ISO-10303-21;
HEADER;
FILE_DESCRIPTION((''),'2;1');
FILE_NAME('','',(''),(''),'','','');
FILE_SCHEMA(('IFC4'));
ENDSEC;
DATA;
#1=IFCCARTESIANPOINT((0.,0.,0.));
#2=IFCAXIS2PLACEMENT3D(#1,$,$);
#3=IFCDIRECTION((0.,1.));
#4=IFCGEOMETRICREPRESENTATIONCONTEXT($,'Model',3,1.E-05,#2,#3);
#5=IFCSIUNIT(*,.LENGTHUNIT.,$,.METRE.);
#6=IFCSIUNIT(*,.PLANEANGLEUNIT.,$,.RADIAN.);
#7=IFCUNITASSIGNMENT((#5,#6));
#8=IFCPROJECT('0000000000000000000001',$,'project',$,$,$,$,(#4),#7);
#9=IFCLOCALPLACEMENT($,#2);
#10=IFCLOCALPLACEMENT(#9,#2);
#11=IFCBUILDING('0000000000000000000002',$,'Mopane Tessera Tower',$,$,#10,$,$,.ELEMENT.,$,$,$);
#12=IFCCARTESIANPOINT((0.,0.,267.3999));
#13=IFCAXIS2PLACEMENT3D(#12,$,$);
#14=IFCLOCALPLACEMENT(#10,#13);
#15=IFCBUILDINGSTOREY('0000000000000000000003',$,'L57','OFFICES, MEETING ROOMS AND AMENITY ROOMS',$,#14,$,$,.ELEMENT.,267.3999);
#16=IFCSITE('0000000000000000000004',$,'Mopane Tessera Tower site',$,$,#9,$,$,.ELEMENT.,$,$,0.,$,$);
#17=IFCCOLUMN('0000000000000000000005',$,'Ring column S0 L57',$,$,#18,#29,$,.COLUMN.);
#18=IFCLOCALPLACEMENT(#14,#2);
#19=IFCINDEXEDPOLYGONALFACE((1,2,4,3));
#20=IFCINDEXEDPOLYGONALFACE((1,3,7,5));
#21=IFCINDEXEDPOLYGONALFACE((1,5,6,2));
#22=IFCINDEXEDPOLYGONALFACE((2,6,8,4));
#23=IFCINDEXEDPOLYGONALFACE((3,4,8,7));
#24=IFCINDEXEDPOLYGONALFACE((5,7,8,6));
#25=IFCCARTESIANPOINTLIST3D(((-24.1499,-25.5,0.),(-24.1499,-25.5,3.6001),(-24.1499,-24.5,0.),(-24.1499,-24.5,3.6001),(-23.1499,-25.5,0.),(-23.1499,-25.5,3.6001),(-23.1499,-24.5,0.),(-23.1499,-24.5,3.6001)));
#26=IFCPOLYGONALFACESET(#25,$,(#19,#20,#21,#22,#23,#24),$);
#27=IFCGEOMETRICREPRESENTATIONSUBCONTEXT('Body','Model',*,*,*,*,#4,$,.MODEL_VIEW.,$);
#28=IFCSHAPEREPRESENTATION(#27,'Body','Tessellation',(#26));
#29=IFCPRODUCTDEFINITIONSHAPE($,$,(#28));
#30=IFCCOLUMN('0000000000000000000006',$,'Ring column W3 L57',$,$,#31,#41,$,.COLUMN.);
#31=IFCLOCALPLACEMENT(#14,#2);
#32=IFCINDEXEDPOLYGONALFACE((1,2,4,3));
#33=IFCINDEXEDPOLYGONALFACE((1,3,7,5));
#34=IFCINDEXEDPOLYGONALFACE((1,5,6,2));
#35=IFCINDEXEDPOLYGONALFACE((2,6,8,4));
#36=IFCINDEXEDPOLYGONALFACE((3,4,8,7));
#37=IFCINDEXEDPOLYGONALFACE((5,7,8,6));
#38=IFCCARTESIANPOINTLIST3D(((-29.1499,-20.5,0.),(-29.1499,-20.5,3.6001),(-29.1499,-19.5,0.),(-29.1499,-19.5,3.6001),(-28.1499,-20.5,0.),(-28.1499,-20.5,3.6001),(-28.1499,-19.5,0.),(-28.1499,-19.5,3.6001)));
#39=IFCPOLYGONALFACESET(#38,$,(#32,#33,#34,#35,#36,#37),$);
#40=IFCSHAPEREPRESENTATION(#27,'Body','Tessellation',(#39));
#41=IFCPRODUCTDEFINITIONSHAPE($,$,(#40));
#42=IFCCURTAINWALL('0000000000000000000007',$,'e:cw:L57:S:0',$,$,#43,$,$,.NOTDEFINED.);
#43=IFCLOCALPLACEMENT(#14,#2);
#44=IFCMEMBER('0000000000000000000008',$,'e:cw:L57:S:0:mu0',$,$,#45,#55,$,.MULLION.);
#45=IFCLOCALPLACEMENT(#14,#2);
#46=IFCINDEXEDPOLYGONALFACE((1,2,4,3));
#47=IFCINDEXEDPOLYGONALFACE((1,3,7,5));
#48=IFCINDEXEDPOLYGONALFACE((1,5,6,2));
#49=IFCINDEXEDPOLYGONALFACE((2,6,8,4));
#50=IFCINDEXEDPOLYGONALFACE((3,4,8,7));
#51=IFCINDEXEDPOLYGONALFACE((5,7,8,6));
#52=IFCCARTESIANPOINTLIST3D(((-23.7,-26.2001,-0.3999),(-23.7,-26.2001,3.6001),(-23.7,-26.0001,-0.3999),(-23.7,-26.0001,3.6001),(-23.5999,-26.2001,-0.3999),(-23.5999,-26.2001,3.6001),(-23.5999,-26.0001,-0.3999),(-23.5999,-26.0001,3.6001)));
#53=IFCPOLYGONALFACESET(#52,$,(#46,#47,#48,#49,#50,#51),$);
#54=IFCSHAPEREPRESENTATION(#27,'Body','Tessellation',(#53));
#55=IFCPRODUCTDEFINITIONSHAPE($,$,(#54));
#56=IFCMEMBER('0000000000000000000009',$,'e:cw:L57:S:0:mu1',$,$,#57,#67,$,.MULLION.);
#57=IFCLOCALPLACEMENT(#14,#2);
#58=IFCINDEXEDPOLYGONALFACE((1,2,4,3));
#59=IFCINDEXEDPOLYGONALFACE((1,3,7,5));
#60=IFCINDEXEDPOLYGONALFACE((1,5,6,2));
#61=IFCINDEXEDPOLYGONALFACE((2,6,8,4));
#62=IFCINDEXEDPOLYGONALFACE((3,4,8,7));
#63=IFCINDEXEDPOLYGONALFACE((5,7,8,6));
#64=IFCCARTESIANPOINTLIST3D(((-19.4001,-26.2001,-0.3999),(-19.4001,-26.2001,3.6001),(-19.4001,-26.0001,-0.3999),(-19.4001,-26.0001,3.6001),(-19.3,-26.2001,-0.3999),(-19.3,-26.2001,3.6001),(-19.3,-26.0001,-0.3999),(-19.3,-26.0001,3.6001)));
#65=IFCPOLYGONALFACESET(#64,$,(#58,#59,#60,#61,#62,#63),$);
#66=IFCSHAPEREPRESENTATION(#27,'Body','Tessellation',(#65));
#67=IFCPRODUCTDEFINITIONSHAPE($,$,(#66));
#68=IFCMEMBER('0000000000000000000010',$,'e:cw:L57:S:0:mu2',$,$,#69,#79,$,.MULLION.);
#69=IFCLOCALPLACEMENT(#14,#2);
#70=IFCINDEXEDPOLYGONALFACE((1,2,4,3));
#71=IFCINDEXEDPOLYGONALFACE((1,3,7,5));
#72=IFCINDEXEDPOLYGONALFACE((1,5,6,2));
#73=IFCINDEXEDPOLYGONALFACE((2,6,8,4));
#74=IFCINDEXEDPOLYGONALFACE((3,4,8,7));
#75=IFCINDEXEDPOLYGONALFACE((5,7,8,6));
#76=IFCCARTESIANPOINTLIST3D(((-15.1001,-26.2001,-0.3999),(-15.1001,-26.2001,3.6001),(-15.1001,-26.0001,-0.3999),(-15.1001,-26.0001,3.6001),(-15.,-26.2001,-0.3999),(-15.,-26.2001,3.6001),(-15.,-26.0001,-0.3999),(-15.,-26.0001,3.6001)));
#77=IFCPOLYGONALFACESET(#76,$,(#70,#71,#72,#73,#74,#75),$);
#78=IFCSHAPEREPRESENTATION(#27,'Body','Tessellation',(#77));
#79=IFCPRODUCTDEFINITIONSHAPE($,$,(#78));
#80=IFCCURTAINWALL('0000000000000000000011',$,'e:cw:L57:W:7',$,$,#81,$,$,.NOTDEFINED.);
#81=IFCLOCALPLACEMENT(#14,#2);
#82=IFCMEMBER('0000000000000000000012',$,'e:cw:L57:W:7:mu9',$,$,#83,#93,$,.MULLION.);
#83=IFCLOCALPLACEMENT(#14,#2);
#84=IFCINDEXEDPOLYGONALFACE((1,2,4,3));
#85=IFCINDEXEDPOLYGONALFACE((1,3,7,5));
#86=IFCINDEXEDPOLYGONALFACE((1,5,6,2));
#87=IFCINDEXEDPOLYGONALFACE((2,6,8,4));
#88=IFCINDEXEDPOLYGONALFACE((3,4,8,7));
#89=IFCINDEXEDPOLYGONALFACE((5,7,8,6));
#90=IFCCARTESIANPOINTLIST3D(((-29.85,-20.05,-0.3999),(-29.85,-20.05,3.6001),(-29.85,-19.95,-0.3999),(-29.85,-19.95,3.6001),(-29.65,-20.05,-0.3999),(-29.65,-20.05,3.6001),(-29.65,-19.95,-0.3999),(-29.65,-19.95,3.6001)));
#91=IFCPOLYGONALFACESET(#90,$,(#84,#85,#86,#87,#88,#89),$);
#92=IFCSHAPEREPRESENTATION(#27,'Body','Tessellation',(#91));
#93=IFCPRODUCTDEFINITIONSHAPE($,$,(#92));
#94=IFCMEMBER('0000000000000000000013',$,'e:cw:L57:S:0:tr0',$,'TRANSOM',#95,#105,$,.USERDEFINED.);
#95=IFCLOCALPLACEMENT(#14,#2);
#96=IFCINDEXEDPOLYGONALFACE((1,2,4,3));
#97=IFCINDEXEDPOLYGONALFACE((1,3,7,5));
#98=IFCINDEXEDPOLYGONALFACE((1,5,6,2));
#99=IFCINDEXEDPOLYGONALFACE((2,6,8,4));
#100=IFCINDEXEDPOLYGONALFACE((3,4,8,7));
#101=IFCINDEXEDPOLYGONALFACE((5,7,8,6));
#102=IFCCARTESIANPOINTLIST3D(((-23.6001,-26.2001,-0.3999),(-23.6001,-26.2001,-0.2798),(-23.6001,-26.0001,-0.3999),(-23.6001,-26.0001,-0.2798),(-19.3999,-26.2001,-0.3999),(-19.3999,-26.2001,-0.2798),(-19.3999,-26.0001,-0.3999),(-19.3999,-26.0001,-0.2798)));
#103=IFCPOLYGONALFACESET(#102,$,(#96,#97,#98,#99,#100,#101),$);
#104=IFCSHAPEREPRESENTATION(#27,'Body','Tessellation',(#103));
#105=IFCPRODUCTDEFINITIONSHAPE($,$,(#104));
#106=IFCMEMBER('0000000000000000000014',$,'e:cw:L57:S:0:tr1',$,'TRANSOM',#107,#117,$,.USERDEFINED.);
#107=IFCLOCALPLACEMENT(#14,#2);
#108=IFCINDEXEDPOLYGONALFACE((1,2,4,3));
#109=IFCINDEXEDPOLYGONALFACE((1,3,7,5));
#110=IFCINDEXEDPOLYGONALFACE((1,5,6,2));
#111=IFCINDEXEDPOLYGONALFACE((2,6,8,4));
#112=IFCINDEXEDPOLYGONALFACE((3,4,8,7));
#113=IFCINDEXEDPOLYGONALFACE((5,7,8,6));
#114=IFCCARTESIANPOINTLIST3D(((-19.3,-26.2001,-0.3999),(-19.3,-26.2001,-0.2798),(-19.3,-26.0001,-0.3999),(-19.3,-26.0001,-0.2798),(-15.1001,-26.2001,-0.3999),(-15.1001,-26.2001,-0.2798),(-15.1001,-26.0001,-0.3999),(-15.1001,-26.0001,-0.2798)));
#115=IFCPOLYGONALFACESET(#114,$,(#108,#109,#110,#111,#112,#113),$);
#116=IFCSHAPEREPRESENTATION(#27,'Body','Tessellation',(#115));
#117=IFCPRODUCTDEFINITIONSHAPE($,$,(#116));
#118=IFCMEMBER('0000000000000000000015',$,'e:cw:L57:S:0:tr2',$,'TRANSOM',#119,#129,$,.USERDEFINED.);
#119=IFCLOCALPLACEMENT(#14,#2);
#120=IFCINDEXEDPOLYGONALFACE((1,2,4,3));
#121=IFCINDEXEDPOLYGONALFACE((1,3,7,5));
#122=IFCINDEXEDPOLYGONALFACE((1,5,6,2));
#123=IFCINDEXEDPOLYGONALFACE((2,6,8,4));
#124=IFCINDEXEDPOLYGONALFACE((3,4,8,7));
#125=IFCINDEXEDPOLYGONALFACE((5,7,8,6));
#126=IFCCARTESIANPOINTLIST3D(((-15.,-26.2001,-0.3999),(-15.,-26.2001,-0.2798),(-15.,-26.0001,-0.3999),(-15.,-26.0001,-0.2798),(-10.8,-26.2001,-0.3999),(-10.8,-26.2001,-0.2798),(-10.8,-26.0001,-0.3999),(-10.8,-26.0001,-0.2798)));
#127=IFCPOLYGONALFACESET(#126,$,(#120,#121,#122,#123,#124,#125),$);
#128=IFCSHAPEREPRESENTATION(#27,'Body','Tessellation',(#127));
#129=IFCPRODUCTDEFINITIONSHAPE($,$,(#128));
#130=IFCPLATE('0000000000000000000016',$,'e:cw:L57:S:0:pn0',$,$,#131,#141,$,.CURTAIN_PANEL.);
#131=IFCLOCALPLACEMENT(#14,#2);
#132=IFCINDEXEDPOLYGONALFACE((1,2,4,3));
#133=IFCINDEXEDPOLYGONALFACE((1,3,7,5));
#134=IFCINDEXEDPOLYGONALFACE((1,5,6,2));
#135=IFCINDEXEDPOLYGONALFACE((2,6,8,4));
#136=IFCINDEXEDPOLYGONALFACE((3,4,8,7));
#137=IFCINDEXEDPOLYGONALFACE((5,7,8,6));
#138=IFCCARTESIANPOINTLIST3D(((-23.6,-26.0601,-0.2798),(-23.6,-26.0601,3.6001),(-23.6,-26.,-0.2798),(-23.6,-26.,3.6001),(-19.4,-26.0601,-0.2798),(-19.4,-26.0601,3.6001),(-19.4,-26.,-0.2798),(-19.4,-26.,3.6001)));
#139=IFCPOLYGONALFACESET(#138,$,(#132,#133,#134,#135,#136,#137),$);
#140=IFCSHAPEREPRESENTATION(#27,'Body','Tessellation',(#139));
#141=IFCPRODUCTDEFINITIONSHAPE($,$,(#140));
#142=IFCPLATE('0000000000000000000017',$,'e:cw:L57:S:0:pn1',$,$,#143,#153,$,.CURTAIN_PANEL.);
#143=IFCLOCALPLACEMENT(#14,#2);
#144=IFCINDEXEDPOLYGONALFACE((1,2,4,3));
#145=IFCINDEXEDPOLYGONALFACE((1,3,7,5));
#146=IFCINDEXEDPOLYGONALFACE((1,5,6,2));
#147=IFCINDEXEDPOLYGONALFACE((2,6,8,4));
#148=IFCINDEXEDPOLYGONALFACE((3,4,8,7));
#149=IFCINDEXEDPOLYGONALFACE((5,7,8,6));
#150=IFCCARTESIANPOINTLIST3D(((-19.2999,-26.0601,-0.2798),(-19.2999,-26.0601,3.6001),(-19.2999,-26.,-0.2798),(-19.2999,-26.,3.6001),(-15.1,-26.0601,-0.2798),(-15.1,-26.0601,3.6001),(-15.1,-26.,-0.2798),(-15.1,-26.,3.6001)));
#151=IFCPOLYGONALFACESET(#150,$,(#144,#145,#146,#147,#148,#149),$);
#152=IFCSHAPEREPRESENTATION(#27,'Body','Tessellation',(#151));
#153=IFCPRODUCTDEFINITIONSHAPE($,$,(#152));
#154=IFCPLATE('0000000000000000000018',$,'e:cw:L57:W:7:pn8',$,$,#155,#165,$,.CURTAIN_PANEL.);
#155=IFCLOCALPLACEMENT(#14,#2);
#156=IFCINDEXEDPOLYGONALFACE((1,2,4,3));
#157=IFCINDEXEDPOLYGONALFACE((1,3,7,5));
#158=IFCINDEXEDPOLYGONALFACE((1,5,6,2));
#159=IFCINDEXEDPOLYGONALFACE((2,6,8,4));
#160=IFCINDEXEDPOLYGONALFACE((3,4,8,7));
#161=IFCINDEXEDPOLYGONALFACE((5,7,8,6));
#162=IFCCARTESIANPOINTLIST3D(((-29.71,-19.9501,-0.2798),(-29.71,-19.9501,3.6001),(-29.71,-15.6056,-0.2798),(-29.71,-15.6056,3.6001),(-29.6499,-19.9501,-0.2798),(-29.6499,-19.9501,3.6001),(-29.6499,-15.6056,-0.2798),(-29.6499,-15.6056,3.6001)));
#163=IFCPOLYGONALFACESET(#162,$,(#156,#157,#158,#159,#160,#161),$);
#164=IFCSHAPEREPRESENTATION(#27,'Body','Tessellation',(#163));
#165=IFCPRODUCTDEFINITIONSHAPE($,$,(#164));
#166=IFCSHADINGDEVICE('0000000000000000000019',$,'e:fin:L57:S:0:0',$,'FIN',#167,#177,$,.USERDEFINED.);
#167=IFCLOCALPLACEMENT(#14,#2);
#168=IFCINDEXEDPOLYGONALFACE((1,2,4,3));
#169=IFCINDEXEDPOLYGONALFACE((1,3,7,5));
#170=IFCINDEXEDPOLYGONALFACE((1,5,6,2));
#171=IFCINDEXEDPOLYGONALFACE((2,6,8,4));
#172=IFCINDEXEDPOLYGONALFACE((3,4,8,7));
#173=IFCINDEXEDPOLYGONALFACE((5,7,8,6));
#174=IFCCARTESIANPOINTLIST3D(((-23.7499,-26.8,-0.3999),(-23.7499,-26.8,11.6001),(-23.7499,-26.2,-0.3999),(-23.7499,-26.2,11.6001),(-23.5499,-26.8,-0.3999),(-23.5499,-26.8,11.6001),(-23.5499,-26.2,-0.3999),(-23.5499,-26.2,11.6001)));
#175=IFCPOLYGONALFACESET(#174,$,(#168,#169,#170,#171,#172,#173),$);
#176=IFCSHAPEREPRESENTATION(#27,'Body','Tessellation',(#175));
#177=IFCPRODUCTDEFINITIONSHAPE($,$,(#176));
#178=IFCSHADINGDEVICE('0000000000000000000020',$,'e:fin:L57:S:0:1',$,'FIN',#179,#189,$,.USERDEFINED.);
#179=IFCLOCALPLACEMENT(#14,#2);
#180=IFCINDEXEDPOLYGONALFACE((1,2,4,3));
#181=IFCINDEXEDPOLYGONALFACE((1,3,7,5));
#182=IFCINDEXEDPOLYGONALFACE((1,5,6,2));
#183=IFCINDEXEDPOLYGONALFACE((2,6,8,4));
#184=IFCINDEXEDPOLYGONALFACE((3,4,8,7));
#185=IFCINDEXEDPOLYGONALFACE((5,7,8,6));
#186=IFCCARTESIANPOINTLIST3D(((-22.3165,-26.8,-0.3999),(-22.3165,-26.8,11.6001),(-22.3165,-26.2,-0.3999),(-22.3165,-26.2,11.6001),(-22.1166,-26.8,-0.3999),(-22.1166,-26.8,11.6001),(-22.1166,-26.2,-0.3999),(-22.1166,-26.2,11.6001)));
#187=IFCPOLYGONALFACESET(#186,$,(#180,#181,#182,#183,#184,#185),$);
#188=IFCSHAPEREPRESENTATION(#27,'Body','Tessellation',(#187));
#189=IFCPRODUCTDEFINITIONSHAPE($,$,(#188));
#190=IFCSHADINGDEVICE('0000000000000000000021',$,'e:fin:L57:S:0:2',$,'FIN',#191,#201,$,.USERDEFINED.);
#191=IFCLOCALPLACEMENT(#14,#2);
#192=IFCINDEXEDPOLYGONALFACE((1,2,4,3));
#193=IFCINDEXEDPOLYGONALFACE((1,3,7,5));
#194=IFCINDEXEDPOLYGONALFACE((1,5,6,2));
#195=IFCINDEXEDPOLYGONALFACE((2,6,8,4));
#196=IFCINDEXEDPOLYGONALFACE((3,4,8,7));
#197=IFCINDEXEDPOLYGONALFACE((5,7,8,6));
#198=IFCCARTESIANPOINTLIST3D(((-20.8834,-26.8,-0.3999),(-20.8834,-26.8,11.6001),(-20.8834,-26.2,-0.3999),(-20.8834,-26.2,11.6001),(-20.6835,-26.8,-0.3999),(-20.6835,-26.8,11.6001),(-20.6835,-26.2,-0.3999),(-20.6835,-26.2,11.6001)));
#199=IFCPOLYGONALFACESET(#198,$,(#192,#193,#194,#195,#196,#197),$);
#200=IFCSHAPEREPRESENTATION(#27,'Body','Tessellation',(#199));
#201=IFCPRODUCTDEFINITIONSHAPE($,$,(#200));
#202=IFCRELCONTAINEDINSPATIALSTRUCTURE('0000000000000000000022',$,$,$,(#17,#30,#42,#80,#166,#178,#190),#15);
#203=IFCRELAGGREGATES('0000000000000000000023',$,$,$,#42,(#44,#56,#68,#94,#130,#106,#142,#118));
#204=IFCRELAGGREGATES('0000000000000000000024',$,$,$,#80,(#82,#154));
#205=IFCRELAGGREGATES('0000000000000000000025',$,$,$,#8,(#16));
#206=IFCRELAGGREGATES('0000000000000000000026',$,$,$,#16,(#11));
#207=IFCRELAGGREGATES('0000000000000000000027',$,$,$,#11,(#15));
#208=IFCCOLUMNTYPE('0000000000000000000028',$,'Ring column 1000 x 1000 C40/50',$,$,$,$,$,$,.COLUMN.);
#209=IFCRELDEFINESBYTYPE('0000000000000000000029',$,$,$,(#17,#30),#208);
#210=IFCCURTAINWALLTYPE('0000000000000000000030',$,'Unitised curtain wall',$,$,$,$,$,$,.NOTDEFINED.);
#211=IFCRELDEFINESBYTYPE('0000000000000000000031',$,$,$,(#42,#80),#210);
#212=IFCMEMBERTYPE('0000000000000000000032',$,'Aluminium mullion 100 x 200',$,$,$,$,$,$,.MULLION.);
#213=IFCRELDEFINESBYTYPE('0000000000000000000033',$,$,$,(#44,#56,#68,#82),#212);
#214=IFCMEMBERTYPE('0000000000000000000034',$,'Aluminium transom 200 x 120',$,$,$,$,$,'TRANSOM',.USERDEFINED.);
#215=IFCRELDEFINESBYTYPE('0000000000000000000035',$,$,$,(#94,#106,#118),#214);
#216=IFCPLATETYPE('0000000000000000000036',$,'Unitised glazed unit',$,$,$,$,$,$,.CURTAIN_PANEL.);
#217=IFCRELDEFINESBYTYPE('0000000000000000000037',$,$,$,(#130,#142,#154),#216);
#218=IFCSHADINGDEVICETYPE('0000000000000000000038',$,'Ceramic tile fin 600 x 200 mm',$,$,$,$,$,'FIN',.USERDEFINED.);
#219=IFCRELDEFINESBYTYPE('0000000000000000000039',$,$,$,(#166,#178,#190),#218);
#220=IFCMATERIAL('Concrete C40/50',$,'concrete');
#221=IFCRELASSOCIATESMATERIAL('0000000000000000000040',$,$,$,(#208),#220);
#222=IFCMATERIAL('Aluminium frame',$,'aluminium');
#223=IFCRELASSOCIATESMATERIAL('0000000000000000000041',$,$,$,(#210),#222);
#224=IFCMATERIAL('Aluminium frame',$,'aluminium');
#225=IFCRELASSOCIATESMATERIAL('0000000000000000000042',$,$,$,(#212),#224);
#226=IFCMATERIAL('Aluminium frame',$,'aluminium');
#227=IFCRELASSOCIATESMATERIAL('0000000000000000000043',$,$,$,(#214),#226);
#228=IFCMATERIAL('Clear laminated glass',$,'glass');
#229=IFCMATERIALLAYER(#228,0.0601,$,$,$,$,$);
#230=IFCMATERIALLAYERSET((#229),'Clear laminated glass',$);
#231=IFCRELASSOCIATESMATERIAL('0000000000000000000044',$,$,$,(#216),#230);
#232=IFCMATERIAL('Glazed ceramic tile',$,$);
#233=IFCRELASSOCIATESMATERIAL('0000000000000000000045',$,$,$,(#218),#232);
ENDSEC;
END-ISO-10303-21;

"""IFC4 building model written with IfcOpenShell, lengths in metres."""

from ifc_helpers import new_model, si_unit, direction, frame, origin, origin_2d, place, context, subcontext, project, spatial, rectangle, extrude, material, layer, layer_set, material_profile, profile_set, type_object, element, aggregate, save


model = new_model("IFC4")

# Units and contexts
model_context = context("Model", 3, precision=1e-05, world=origin(), true_north=direction((0.0, 1.0)))
body_context = subcontext(model_context, "Body", "Model", "MODEL_VIEW")
ifc_project = project(units=[si_unit("LENGTHUNIT", "METRE"), si_unit("PLANEANGLEUNIT", "RADIAN")], contexts=[model_context])

# Site, building, storey
site_placement = place(None, origin())
site = spatial("IfcSite", under=ifc_project, at=site_placement, Name="Mopane Tessera Tower site", CompositionType="ELEMENT", RefElevation=0.0)
building_placement = place(site_placement, origin())
building = spatial("IfcBuilding", under=site, at=building_placement, Name="Mopane Tessera Tower", CompositionType="ELEMENT")
storey_placement = place(building_placement, frame((0.0, 0.0, 267.3999)))
storey = spatial("IfcBuildingStorey", under=building, at=storey_placement, Name="L57", Description="OFFICES, MEETING ROOMS AND AMENITY ROOMS", CompositionType="ELEMENT", Elevation=267.3999)

# Columns
ifc_material_1 = material(Name="Concrete C40/50", Category="concrete")
ifc_material_profile_1 = material_profile(ifc_material_1, rectangle(XDim=1.0, YDim=1.0, at=origin_2d()))
ifc_profile_set_1 = profile_set([ifc_material_profile_1], Name="Concrete C40/50")
column_type = type_object("IfcColumnType", Name="Ring column 1000 x 1000 C40/50", PredefinedType="COLUMN", material=ifc_profile_set_1)
for number, where, z_axis, x_axis, name in (
    (1, (-23.6499, -25.0, 0.0), (0.0, 0.0, 1.0), (1.0, 0.0, 0.0), "Ring column S0 L57"),
    (2, (-28.6499, -20.0, 0.0), (0.0, 0.0, 1.0), (1.0, 0.0, 0.0), "Ring column W3 L57"),
):
    element("IfcColumn", number, at=place(storey_placement, frame(where, z_axis=z_axis, x_axis=x_axis)), inside=storey, type_object=column_type, Name=name, PredefinedType="COLUMN", context=body_context, shape_type="SweptSolid", body=[
        extrude(rectangle(XDim=1.0, YDim=1.0, at=origin_2d()), origin(), (0.0, 0.0, 1.0), 3.6001),
    ])

# Curtain wall, members
ifc_material_2 = material(Name="Aluminium frame", Category="aluminium")
curtain_wall_type = type_object("IfcCurtainWallType", Name="Unitised curtain wall", PredefinedType="NOTDEFINED", material=ifc_material_2)
curtain_wall_1_placement = place(storey_placement, origin())
curtain_wall_1 = element("IfcCurtainWall", 3, at=curtain_wall_1_placement, inside=storey, type_object=curtain_wall_type, Name="e:cw:L57:S:0", PredefinedType="NOTDEFINED")
ifc_material_3 = material(Name="Aluminium frame", Category="aluminium")
ifc_material_profile_2 = material_profile(ifc_material_3, rectangle(XDim=0.1001, YDim=0.2, at=origin_2d()))
ifc_profile_set_2 = profile_set([ifc_material_profile_2], Name="Aluminium frame")
member_type_1 = type_object("IfcMemberType", Name="Aluminium mullion 100 x 200", PredefinedType="MULLION", material=ifc_profile_set_2)
member_1_placement = place(storey_placement, frame((-23.6499, -26.1001, -0.3999), z_axis=(0.0, 0.0, 1.0), x_axis=(1.0, 0.0, 0.0)))
member_1 = element("IfcMember", 4, at=member_1_placement, type_object=member_type_1, Name="e:cw:L57:S:0:mu0", PredefinedType="MULLION", context=body_context, shape_type="SweptSolid", body=[
    extrude(rectangle(XDim=0.1001, YDim=0.2, at=origin_2d()), origin(), (0.0, 0.0, 1.0), 4.0),
])
member_2_placement = place(storey_placement, frame((-19.3501, -26.1001, -0.3999), z_axis=(0.0, 0.0, 1.0), x_axis=(1.0, 0.0, 0.0)))
member_2 = element("IfcMember", 5, at=member_2_placement, type_object=member_type_1, Name="e:cw:L57:S:0:mu1", PredefinedType="MULLION", context=body_context, shape_type="SweptSolid", body=[
    extrude(rectangle(XDim=0.1001, YDim=0.2, at=origin_2d()), origin(), (0.0, 0.0, 1.0), 4.0),
])
member_3_placement = place(storey_placement, frame((-15.05, -26.1001, -0.3999), z_axis=(0.0, 0.0, 1.0), x_axis=(1.0, 0.0, 0.0)))
member_3 = element("IfcMember", 6, at=member_3_placement, type_object=member_type_1, Name="e:cw:L57:S:0:mu2", PredefinedType="MULLION", context=body_context, shape_type="SweptSolid", body=[
    extrude(rectangle(XDim=0.1001, YDim=0.2, at=origin_2d()), origin(), (0.0, 0.0, 1.0), 4.0),
])

# Curtain wall, member
curtain_wall_2_placement = place(storey_placement, origin())
curtain_wall_2 = element("IfcCurtainWall", 7, at=curtain_wall_2_placement, inside=storey, type_object=curtain_wall_type, Name="e:cw:L57:W:7", PredefinedType="NOTDEFINED")
member_4_placement = place(storey_placement, frame((-29.75, -20.0, -0.3999), z_axis=(0.0, 0.0, 1.0), x_axis=(0.0, -1.0, 0.0)))
member_4 = element("IfcMember", 8, at=member_4_placement, type_object=member_type_1, Name="e:cw:L57:W:7:mu9", PredefinedType="MULLION", context=body_context, shape_type="SweptSolid", body=[
    extrude(rectangle(XDim=0.1001, YDim=0.2, at=origin_2d()), origin(), (0.0, 0.0, 1.0), 4.0),
])

# Members
ifc_material_4 = material(Name="Aluminium frame", Category="aluminium")
ifc_material_profile_3 = material_profile(ifc_material_4, rectangle(XDim=0.2, YDim=0.1201, at=origin_2d()))
ifc_profile_set_3 = profile_set([ifc_material_profile_3], Name="Aluminium frame")
member_type_2 = type_object("IfcMemberType", Name="Aluminium transom 200 x 120", ElementType="TRANSOM", PredefinedType="USERDEFINED", material=ifc_profile_set_3)
member_5_placement = place(storey_placement, frame((-23.6001, -26.1001, -0.3398), z_axis=(1.0, 0.0, 0.0), x_axis=(0.0, 1.0, 0.0)))
member_5 = element("IfcMember", 9, at=member_5_placement, type_object=member_type_2, Name="e:cw:L57:S:0:tr0", ObjectType="TRANSOM", PredefinedType="USERDEFINED", context=body_context, shape_type="SweptSolid", body=[
    extrude(rectangle(XDim=0.2, YDim=0.1201, at=origin_2d()), origin(), (0.0, 0.0, 1.0), 4.2002),
])
member_6_placement = place(storey_placement, frame((-19.3, -26.1001, -0.3398), z_axis=(1.0, 0.0, 0.0), x_axis=(0.0, 1.0, 0.0)))
member_6 = element("IfcMember", 10, at=member_6_placement, type_object=member_type_2, Name="e:cw:L57:S:0:tr1", ObjectType="TRANSOM", PredefinedType="USERDEFINED", context=body_context, shape_type="SweptSolid", body=[
    extrude(rectangle(XDim=0.2, YDim=0.1201, at=origin_2d()), origin(), (0.0, 0.0, 1.0), 4.2),
])
member_7_placement = place(storey_placement, frame((-15.0, -26.1001, -0.3398), z_axis=(1.0, 0.0, 0.0), x_axis=(0.0, 1.0, 0.0)))
member_7 = element("IfcMember", 11, at=member_7_placement, type_object=member_type_2, Name="e:cw:L57:S:0:tr2", ObjectType="TRANSOM", PredefinedType="USERDEFINED", context=body_context, shape_type="SweptSolid", body=[
    extrude(rectangle(XDim=0.2, YDim=0.1201, at=origin_2d()), origin(), (0.0, 0.0, 1.0), 4.2),
])

# Plates
ifc_material_5 = material(Name="Clear laminated glass", Category="glass")
ifc_layer = layer(ifc_material_5, 0.0601)
ifc_layer_set = layer_set([ifc_layer], Name="Clear laminated glass")
plate_type = type_object("IfcPlateType", Name="Unitised glazed unit", PredefinedType="CURTAIN_PANEL", material=ifc_layer_set)
plate_1_placement = place(storey_placement, frame((-21.5, -26.03, -0.2798), z_axis=(0.0, 0.0, 1.0), x_axis=(1.0, 0.0, 0.0)))
plate_1 = element("IfcPlate", 12, at=plate_1_placement, type_object=plate_type, Name="e:cw:L57:S:0:pn0", PredefinedType="CURTAIN_PANEL", context=body_context, shape_type="SweptSolid", body=[
    extrude(rectangle(XDim=4.2, YDim=0.0601, at=origin_2d()), origin(), (0.0, 0.0, 1.0), 3.8799),
])
plate_2_placement = place(storey_placement, frame((-17.2, -26.03, -0.2798), z_axis=(0.0, 0.0, 1.0), x_axis=(1.0, 0.0, 0.0)))
plate_2 = element("IfcPlate", 13, at=plate_2_placement, type_object=plate_type, Name="e:cw:L57:S:0:pn1", PredefinedType="CURTAIN_PANEL", context=body_context, shape_type="SweptSolid", body=[
    extrude(rectangle(XDim=4.2, YDim=0.0601, at=origin_2d()), origin(), (0.0, 0.0, 1.0), 3.8799),
])
aggregate(curtain_wall_1, [member_1, member_2, member_3, member_5, plate_1, member_6, plate_2, member_7])
plate_3_placement = place(storey_placement, frame((-29.6799, -17.7778, -0.2798), z_axis=(0.0, 0.0, 1.0), x_axis=(0.0, -1.0, 0.0)))
plate_3 = element("IfcPlate", 14, at=plate_3_placement, type_object=plate_type, Name="e:cw:L57:W:7:pn8", PredefinedType="CURTAIN_PANEL", context=body_context, shape_type="SweptSolid", body=[
    extrude(rectangle(XDim=4.3445, YDim=0.0601, at=origin_2d()), origin(), (0.0, 0.0, 1.0), 3.8799),
])
aggregate(curtain_wall_2, [member_4, plate_3])

# Shading devices
ifc_material_6 = material(Name="Glazed ceramic tile")
shading_device_type = type_object("IfcShadingDeviceType", Name="Ceramic tile fin 600 x 200 mm", ElementType="FIN", PredefinedType="USERDEFINED", material=ifc_material_6)
for number, where, z_axis, x_axis, name in (
    (15, (-23.6499, -26.5, -0.3999), (0.0, 0.0, 1.0), (1.0, 0.0, 0.0), "e:fin:L57:S:0:0"),
    (16, (-22.2166, -26.5, -0.3999), (0.0, 0.0, 1.0), (1.0, 0.0, 0.0), "e:fin:L57:S:0:1"),
    (17, (-20.7834, -26.5, -0.3999), (0.0, 0.0, 1.0), (1.0, 0.0, 0.0), "e:fin:L57:S:0:2"),
):
    element("IfcShadingDevice", number, at=place(storey_placement, frame(where, z_axis=z_axis, x_axis=x_axis)), inside=storey, type_object=shading_device_type, Name=name, ObjectType="FIN", PredefinedType="USERDEFINED", context=body_context, shape_type="SweptSolid", body=[
        extrude(rectangle(XDim=0.2, YDim=0.6001, at=origin_2d()), origin(), (0.0, 0.0, 1.0), 12.0),
    ])

save(model, "model.ifc")
